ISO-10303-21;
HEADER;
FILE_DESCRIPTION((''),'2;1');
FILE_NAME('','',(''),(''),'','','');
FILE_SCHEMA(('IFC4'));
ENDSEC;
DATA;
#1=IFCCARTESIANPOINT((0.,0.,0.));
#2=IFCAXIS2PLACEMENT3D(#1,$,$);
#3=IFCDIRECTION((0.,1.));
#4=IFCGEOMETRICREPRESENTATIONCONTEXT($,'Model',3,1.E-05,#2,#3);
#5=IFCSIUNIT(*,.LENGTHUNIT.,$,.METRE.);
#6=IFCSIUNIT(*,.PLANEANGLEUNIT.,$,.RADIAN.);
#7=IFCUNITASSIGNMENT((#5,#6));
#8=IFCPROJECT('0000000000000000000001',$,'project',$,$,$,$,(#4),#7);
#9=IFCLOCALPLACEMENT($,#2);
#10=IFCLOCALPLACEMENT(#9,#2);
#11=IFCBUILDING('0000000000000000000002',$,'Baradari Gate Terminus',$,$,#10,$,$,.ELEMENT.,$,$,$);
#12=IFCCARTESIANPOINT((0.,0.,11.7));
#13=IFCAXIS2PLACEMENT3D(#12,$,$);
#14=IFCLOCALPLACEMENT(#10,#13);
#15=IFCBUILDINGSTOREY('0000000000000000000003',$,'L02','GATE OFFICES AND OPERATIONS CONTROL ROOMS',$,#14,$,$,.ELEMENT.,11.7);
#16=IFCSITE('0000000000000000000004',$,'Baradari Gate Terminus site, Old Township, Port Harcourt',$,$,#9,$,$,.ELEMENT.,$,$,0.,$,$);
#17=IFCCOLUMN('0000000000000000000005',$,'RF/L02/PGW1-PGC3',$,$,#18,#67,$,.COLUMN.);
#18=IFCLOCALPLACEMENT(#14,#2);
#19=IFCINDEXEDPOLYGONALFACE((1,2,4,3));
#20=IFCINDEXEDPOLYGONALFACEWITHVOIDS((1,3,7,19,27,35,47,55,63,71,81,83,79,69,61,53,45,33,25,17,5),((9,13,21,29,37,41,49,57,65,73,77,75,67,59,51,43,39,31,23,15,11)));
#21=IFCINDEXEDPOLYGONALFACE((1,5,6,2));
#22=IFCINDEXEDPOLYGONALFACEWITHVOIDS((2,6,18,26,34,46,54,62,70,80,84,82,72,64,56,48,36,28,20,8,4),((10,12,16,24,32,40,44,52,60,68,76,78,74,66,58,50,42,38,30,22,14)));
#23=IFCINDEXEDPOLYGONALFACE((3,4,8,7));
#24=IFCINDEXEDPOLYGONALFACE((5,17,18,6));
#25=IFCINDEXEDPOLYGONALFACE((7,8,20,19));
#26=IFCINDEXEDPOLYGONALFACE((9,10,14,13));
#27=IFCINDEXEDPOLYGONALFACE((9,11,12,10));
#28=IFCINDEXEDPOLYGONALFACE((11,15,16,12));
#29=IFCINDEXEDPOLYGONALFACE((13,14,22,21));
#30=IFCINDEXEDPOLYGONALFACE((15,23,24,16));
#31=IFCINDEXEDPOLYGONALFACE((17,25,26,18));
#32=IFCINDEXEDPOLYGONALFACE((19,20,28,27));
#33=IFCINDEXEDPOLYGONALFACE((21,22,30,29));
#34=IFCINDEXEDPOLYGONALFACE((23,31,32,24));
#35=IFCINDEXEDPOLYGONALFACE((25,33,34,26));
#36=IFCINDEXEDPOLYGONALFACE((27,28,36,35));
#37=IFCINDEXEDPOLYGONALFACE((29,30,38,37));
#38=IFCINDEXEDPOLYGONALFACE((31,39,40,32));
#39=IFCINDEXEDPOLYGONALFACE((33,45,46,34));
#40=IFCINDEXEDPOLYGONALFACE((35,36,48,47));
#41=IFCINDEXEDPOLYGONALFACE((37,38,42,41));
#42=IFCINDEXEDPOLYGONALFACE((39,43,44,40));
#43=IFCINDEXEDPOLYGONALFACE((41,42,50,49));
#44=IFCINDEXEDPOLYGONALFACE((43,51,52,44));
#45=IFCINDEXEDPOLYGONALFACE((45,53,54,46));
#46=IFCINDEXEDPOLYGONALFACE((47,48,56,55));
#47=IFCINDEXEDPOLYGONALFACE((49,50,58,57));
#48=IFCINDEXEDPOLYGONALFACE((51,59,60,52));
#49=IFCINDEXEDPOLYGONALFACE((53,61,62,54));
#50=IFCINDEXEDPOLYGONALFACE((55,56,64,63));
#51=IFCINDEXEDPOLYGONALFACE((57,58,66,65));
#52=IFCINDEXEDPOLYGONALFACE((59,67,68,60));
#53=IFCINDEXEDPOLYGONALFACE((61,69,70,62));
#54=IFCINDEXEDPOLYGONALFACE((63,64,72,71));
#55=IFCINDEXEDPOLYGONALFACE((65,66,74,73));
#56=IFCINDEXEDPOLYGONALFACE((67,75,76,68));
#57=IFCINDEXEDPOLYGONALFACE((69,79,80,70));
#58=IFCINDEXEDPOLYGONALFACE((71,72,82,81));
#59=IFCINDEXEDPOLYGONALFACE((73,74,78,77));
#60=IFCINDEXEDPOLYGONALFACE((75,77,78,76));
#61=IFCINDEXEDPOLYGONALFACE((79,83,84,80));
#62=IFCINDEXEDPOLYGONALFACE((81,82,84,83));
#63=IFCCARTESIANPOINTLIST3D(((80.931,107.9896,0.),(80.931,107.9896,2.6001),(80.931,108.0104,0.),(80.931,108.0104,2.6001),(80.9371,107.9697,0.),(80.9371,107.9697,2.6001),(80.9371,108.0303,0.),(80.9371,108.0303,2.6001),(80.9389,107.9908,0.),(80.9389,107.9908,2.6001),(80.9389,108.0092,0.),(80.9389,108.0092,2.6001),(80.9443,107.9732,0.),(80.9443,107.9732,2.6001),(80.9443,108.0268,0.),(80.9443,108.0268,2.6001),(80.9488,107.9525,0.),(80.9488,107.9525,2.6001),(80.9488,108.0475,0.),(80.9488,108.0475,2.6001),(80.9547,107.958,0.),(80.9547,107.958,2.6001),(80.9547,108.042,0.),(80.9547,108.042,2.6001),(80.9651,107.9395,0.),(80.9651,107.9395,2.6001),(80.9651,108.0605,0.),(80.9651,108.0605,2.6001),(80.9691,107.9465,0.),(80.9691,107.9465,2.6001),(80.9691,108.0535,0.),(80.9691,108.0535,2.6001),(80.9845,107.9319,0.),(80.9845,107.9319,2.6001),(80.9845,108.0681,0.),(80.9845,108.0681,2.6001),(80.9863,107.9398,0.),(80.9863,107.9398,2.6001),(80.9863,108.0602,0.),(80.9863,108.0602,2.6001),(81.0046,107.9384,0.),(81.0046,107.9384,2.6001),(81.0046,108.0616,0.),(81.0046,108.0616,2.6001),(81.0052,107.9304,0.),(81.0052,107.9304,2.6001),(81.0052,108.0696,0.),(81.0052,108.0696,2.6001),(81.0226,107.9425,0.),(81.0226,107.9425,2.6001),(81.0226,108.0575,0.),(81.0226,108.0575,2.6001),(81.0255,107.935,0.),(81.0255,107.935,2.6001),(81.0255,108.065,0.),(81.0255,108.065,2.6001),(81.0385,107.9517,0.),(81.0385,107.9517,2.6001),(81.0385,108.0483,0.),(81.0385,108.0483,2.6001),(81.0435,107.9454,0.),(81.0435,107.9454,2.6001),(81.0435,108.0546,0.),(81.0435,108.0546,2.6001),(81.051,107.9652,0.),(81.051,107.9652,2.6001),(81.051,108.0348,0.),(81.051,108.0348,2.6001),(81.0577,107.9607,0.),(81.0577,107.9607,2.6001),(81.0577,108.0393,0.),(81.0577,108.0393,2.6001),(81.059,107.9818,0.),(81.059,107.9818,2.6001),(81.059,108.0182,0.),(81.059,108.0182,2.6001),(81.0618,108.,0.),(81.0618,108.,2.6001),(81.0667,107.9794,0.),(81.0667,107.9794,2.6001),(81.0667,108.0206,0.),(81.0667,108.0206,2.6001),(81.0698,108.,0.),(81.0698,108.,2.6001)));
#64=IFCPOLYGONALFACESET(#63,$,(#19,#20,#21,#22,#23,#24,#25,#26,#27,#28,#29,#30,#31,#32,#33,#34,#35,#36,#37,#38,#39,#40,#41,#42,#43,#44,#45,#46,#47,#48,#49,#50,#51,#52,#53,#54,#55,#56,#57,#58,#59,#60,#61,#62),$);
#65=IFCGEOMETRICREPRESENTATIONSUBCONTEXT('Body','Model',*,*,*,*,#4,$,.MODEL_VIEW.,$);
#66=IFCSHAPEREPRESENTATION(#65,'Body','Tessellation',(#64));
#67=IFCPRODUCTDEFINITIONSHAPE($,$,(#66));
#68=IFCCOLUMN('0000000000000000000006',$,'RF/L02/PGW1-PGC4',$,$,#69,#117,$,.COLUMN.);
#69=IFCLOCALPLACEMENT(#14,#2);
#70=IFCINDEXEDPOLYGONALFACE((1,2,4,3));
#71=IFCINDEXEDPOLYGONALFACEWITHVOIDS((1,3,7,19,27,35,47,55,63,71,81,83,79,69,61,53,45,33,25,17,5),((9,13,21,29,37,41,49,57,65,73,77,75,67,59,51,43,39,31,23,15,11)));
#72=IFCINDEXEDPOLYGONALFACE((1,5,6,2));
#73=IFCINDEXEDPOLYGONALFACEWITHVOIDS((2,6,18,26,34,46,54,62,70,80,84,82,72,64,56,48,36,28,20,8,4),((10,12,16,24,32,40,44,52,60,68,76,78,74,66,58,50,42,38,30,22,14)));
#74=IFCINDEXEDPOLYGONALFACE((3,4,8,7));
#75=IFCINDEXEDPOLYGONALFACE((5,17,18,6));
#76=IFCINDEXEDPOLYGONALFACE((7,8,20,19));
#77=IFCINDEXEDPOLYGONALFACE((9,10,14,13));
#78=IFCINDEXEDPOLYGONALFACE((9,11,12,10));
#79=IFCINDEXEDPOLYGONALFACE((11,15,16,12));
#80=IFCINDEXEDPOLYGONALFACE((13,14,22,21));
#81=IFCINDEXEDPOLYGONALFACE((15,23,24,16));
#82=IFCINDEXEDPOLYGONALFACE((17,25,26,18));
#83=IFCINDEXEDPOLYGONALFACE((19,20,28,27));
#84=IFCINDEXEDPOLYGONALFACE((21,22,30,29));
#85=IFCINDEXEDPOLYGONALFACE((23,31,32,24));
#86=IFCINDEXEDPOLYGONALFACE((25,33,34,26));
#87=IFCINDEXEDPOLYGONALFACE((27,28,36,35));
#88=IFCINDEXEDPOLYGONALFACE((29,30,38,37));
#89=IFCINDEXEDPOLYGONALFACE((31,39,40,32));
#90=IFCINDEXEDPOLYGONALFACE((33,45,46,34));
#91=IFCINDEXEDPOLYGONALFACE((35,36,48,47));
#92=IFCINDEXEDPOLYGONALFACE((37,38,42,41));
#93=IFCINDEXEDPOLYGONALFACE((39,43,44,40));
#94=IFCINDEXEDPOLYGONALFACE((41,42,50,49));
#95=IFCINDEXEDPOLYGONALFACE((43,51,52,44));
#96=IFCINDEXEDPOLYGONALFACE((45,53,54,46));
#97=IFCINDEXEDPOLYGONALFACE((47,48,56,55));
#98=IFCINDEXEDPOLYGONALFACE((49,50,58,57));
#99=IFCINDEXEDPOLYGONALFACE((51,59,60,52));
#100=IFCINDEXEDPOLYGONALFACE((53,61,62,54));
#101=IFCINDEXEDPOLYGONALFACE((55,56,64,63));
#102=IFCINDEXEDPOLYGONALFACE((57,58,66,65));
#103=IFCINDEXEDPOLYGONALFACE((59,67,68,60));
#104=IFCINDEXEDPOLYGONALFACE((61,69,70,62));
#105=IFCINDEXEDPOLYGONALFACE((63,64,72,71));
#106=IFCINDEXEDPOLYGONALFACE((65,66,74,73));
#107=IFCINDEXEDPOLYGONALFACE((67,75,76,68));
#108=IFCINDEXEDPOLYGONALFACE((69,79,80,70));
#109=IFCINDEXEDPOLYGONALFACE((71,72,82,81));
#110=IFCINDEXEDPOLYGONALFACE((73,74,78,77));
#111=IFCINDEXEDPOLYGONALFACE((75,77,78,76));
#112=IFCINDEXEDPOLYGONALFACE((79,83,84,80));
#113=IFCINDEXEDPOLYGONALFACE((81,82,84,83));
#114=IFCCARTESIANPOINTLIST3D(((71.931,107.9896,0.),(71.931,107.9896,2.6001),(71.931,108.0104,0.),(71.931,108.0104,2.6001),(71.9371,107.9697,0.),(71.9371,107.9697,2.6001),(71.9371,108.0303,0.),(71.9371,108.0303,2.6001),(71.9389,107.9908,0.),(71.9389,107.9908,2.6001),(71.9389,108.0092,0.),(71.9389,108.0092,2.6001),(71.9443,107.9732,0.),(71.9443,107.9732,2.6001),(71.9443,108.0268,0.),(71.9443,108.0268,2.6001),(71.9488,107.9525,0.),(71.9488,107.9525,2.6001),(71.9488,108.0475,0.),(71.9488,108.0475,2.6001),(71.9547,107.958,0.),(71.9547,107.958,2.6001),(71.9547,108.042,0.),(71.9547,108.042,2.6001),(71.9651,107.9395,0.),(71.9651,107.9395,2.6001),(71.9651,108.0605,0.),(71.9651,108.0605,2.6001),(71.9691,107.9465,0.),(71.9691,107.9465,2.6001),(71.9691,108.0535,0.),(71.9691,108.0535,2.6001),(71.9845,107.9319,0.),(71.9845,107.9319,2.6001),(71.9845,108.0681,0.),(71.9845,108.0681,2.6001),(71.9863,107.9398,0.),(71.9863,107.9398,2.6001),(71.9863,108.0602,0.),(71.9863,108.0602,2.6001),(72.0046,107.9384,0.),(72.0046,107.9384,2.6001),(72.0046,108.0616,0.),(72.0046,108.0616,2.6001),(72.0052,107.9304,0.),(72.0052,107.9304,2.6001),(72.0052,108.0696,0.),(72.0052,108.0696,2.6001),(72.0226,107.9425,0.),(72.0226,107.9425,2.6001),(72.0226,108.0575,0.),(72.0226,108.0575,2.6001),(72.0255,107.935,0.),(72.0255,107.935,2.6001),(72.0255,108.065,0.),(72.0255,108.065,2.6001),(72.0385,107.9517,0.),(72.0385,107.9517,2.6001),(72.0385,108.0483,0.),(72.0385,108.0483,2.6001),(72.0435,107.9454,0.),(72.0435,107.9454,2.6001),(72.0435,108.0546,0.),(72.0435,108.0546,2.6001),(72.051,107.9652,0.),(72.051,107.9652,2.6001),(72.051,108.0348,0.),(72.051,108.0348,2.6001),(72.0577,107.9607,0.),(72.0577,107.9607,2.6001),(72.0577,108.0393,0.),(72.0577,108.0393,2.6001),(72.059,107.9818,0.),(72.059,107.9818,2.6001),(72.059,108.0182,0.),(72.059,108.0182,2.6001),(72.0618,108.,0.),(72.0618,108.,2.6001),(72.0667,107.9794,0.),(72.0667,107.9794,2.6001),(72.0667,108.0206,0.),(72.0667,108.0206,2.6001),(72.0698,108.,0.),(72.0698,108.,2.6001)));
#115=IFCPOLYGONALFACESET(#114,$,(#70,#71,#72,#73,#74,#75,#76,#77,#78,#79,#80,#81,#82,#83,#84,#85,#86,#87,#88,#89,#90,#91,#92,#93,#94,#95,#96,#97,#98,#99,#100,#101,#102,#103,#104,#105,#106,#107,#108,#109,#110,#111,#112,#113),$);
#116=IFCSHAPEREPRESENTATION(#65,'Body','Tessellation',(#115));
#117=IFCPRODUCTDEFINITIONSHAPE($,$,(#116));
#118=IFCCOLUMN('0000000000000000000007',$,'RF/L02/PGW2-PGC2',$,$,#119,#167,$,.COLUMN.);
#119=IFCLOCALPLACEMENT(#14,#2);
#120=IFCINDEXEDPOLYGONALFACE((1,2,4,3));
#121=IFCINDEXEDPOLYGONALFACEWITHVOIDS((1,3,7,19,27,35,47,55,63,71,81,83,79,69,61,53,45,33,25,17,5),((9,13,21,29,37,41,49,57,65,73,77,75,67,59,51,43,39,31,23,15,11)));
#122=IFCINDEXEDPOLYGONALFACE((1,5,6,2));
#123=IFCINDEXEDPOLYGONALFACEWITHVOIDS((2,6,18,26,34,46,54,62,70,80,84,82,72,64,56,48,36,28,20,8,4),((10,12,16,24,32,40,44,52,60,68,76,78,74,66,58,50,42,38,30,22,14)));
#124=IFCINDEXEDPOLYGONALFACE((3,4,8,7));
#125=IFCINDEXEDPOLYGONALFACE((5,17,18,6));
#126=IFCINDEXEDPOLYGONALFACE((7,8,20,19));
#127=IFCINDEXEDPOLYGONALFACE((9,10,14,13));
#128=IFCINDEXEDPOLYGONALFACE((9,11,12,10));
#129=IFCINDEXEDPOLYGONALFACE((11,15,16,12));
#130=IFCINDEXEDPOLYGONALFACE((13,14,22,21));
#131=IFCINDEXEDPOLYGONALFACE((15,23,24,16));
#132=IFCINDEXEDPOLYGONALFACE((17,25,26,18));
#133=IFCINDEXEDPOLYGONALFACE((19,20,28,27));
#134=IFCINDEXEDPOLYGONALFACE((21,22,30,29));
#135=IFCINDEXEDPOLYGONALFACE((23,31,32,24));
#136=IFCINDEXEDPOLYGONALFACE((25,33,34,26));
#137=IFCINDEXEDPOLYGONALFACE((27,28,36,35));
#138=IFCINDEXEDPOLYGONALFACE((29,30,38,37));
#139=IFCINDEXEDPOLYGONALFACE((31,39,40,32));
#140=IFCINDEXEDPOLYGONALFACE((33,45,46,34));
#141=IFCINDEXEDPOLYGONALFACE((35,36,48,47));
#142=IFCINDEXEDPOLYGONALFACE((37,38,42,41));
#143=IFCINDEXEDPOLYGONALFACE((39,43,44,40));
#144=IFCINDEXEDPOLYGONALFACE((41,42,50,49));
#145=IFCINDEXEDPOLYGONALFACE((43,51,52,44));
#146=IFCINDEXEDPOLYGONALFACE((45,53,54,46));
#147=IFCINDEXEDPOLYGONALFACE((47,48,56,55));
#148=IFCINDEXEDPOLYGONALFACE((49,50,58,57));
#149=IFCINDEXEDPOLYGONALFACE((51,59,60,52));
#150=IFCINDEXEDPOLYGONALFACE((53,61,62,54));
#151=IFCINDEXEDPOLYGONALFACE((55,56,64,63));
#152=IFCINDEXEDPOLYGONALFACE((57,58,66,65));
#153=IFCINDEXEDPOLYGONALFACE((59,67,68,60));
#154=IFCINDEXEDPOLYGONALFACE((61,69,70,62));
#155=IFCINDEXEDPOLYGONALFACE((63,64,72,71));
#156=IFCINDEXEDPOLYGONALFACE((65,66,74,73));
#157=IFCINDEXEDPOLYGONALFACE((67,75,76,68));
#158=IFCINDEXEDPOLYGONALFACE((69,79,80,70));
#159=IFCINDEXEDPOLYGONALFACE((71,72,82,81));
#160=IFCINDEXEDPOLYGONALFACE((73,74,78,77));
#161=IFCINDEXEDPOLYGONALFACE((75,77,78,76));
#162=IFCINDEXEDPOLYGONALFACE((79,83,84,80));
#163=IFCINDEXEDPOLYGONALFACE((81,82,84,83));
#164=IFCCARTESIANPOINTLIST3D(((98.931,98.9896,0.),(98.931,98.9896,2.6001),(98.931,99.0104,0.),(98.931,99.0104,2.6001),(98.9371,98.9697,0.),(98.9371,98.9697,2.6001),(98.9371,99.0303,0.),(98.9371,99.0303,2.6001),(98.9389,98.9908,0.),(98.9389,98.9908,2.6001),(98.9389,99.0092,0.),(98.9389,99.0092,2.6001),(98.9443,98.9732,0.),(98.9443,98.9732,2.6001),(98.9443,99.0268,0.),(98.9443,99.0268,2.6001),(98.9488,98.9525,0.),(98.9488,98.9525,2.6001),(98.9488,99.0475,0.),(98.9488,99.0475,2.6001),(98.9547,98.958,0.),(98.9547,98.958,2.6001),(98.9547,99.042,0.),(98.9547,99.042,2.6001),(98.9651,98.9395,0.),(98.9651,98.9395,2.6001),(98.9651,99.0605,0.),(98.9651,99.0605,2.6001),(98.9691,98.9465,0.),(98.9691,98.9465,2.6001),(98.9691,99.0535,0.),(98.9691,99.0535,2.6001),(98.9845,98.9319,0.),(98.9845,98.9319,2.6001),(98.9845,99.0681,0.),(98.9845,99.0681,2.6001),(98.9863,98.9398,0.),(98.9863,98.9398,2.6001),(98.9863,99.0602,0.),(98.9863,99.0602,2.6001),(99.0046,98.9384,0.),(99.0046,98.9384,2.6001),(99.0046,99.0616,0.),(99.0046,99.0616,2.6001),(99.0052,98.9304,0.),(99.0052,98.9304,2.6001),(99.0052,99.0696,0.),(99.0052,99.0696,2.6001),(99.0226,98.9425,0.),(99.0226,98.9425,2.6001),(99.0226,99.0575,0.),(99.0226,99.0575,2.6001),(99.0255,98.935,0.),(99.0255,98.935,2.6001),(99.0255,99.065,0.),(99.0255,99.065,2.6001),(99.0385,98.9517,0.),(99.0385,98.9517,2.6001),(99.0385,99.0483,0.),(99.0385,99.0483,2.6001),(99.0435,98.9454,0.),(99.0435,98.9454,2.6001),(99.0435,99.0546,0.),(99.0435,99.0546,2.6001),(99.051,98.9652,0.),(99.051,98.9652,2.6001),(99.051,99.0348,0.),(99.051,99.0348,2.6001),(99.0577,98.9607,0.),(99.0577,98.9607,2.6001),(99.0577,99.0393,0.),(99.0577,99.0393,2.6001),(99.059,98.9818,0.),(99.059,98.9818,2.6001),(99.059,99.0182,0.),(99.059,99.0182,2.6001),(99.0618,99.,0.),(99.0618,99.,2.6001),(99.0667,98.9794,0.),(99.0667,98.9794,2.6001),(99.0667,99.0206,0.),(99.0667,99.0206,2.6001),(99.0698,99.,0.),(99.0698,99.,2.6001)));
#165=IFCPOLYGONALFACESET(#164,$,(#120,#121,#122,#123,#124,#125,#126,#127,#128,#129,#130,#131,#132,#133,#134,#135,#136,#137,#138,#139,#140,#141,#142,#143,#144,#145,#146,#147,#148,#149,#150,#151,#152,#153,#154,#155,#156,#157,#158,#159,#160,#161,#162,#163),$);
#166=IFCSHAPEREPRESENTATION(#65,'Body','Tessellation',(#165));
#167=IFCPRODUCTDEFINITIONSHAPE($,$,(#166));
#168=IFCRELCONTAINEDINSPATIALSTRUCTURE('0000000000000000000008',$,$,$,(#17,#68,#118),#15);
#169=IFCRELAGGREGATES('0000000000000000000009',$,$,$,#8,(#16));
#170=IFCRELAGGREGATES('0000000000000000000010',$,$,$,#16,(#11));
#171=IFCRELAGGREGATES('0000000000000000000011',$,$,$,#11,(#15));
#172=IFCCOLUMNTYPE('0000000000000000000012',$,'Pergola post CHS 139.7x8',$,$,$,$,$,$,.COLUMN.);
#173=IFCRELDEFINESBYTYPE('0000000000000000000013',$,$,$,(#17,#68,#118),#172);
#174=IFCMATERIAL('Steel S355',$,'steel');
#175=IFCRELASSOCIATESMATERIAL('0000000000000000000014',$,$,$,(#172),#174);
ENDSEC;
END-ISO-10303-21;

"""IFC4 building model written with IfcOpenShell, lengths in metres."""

from ifc_helpers import new_model, si_unit, direction, frame, origin, origin_2d, place, context, subcontext, project, spatial, hollow_circle, extrude, material, material_profile, profile_set, type_object, element, save


model = new_model("IFC4")

# Units and contexts
model_context = context("Model", 3, precision=1e-05, world=origin(), true_north=direction((0.0, 1.0)))
body_context = subcontext(model_context, "Body", "Model", "MODEL_VIEW")
ifc_project = project(units=[si_unit("LENGTHUNIT", "METRE"), si_unit("PLANEANGLEUNIT", "RADIAN")], contexts=[model_context])

# Site, building, storey
site_placement = place(None, origin())
site = spatial("IfcSite", under=ifc_project, at=site_placement, Name="Baradari Gate Terminus site, Old Township, Port Harcourt", CompositionType="ELEMENT", RefElevation=0.0)
building_placement = place(site_placement, origin())
building = spatial("IfcBuilding", under=site, at=building_placement, Name="Baradari Gate Terminus", CompositionType="ELEMENT")
storey_placement = place(building_placement, frame((0.0, 0.0, 11.7)))
storey = spatial("IfcBuildingStorey", under=building, at=storey_placement, Name="L02", Description="GATE OFFICES AND OPERATIONS CONTROL ROOMS", CompositionType="ELEMENT", Elevation=11.7)

# Columns
ifc_material_1 = material(Name="Steel S355", Category="steel")
ifc_material_profile_1 = material_profile(ifc_material_1, hollow_circle(Radius=0.0698, WallThickness=0.0081, at=origin_2d()), Name="CHS 139.7x8")
ifc_profile_set_1 = profile_set([ifc_material_profile_1], Name="Steel S355")
column_type = type_object("IfcColumnType", Name="Pergola post CHS 139.7x8", PredefinedType="COLUMN", material=ifc_profile_set_1)
for number, where, z_axis, x_axis, name in (
    (1, (81.0, 108.0, 0.0), (0.0, 0.0, 1.0), (1.0, 0.0, 0.0), "RF/L02/PGW1-PGC3"),
    (2, (72.0, 108.0, 0.0), (0.0, 0.0, 1.0), (1.0, 0.0, 0.0), "RF/L02/PGW1-PGC4"),
    (3, (99.0, 99.0, 0.0), (0.0, 0.0, 1.0), (1.0, 0.0, 0.0), "RF/L02/PGW2-PGC2"),
):
    element("IfcColumn", number, at=place(storey_placement, frame(where, z_axis=z_axis, x_axis=x_axis)), inside=storey, type_object=column_type, Name=name, PredefinedType="COLUMN", context=body_context, shape_type="SweptSolid", body=[
        extrude(hollow_circle(Radius=0.0698, WallThickness=0.0081, at=origin_2d()), origin(), (0.0, 0.0, 1.0), 2.6001),
    ])

save(model, "model.ifc")
